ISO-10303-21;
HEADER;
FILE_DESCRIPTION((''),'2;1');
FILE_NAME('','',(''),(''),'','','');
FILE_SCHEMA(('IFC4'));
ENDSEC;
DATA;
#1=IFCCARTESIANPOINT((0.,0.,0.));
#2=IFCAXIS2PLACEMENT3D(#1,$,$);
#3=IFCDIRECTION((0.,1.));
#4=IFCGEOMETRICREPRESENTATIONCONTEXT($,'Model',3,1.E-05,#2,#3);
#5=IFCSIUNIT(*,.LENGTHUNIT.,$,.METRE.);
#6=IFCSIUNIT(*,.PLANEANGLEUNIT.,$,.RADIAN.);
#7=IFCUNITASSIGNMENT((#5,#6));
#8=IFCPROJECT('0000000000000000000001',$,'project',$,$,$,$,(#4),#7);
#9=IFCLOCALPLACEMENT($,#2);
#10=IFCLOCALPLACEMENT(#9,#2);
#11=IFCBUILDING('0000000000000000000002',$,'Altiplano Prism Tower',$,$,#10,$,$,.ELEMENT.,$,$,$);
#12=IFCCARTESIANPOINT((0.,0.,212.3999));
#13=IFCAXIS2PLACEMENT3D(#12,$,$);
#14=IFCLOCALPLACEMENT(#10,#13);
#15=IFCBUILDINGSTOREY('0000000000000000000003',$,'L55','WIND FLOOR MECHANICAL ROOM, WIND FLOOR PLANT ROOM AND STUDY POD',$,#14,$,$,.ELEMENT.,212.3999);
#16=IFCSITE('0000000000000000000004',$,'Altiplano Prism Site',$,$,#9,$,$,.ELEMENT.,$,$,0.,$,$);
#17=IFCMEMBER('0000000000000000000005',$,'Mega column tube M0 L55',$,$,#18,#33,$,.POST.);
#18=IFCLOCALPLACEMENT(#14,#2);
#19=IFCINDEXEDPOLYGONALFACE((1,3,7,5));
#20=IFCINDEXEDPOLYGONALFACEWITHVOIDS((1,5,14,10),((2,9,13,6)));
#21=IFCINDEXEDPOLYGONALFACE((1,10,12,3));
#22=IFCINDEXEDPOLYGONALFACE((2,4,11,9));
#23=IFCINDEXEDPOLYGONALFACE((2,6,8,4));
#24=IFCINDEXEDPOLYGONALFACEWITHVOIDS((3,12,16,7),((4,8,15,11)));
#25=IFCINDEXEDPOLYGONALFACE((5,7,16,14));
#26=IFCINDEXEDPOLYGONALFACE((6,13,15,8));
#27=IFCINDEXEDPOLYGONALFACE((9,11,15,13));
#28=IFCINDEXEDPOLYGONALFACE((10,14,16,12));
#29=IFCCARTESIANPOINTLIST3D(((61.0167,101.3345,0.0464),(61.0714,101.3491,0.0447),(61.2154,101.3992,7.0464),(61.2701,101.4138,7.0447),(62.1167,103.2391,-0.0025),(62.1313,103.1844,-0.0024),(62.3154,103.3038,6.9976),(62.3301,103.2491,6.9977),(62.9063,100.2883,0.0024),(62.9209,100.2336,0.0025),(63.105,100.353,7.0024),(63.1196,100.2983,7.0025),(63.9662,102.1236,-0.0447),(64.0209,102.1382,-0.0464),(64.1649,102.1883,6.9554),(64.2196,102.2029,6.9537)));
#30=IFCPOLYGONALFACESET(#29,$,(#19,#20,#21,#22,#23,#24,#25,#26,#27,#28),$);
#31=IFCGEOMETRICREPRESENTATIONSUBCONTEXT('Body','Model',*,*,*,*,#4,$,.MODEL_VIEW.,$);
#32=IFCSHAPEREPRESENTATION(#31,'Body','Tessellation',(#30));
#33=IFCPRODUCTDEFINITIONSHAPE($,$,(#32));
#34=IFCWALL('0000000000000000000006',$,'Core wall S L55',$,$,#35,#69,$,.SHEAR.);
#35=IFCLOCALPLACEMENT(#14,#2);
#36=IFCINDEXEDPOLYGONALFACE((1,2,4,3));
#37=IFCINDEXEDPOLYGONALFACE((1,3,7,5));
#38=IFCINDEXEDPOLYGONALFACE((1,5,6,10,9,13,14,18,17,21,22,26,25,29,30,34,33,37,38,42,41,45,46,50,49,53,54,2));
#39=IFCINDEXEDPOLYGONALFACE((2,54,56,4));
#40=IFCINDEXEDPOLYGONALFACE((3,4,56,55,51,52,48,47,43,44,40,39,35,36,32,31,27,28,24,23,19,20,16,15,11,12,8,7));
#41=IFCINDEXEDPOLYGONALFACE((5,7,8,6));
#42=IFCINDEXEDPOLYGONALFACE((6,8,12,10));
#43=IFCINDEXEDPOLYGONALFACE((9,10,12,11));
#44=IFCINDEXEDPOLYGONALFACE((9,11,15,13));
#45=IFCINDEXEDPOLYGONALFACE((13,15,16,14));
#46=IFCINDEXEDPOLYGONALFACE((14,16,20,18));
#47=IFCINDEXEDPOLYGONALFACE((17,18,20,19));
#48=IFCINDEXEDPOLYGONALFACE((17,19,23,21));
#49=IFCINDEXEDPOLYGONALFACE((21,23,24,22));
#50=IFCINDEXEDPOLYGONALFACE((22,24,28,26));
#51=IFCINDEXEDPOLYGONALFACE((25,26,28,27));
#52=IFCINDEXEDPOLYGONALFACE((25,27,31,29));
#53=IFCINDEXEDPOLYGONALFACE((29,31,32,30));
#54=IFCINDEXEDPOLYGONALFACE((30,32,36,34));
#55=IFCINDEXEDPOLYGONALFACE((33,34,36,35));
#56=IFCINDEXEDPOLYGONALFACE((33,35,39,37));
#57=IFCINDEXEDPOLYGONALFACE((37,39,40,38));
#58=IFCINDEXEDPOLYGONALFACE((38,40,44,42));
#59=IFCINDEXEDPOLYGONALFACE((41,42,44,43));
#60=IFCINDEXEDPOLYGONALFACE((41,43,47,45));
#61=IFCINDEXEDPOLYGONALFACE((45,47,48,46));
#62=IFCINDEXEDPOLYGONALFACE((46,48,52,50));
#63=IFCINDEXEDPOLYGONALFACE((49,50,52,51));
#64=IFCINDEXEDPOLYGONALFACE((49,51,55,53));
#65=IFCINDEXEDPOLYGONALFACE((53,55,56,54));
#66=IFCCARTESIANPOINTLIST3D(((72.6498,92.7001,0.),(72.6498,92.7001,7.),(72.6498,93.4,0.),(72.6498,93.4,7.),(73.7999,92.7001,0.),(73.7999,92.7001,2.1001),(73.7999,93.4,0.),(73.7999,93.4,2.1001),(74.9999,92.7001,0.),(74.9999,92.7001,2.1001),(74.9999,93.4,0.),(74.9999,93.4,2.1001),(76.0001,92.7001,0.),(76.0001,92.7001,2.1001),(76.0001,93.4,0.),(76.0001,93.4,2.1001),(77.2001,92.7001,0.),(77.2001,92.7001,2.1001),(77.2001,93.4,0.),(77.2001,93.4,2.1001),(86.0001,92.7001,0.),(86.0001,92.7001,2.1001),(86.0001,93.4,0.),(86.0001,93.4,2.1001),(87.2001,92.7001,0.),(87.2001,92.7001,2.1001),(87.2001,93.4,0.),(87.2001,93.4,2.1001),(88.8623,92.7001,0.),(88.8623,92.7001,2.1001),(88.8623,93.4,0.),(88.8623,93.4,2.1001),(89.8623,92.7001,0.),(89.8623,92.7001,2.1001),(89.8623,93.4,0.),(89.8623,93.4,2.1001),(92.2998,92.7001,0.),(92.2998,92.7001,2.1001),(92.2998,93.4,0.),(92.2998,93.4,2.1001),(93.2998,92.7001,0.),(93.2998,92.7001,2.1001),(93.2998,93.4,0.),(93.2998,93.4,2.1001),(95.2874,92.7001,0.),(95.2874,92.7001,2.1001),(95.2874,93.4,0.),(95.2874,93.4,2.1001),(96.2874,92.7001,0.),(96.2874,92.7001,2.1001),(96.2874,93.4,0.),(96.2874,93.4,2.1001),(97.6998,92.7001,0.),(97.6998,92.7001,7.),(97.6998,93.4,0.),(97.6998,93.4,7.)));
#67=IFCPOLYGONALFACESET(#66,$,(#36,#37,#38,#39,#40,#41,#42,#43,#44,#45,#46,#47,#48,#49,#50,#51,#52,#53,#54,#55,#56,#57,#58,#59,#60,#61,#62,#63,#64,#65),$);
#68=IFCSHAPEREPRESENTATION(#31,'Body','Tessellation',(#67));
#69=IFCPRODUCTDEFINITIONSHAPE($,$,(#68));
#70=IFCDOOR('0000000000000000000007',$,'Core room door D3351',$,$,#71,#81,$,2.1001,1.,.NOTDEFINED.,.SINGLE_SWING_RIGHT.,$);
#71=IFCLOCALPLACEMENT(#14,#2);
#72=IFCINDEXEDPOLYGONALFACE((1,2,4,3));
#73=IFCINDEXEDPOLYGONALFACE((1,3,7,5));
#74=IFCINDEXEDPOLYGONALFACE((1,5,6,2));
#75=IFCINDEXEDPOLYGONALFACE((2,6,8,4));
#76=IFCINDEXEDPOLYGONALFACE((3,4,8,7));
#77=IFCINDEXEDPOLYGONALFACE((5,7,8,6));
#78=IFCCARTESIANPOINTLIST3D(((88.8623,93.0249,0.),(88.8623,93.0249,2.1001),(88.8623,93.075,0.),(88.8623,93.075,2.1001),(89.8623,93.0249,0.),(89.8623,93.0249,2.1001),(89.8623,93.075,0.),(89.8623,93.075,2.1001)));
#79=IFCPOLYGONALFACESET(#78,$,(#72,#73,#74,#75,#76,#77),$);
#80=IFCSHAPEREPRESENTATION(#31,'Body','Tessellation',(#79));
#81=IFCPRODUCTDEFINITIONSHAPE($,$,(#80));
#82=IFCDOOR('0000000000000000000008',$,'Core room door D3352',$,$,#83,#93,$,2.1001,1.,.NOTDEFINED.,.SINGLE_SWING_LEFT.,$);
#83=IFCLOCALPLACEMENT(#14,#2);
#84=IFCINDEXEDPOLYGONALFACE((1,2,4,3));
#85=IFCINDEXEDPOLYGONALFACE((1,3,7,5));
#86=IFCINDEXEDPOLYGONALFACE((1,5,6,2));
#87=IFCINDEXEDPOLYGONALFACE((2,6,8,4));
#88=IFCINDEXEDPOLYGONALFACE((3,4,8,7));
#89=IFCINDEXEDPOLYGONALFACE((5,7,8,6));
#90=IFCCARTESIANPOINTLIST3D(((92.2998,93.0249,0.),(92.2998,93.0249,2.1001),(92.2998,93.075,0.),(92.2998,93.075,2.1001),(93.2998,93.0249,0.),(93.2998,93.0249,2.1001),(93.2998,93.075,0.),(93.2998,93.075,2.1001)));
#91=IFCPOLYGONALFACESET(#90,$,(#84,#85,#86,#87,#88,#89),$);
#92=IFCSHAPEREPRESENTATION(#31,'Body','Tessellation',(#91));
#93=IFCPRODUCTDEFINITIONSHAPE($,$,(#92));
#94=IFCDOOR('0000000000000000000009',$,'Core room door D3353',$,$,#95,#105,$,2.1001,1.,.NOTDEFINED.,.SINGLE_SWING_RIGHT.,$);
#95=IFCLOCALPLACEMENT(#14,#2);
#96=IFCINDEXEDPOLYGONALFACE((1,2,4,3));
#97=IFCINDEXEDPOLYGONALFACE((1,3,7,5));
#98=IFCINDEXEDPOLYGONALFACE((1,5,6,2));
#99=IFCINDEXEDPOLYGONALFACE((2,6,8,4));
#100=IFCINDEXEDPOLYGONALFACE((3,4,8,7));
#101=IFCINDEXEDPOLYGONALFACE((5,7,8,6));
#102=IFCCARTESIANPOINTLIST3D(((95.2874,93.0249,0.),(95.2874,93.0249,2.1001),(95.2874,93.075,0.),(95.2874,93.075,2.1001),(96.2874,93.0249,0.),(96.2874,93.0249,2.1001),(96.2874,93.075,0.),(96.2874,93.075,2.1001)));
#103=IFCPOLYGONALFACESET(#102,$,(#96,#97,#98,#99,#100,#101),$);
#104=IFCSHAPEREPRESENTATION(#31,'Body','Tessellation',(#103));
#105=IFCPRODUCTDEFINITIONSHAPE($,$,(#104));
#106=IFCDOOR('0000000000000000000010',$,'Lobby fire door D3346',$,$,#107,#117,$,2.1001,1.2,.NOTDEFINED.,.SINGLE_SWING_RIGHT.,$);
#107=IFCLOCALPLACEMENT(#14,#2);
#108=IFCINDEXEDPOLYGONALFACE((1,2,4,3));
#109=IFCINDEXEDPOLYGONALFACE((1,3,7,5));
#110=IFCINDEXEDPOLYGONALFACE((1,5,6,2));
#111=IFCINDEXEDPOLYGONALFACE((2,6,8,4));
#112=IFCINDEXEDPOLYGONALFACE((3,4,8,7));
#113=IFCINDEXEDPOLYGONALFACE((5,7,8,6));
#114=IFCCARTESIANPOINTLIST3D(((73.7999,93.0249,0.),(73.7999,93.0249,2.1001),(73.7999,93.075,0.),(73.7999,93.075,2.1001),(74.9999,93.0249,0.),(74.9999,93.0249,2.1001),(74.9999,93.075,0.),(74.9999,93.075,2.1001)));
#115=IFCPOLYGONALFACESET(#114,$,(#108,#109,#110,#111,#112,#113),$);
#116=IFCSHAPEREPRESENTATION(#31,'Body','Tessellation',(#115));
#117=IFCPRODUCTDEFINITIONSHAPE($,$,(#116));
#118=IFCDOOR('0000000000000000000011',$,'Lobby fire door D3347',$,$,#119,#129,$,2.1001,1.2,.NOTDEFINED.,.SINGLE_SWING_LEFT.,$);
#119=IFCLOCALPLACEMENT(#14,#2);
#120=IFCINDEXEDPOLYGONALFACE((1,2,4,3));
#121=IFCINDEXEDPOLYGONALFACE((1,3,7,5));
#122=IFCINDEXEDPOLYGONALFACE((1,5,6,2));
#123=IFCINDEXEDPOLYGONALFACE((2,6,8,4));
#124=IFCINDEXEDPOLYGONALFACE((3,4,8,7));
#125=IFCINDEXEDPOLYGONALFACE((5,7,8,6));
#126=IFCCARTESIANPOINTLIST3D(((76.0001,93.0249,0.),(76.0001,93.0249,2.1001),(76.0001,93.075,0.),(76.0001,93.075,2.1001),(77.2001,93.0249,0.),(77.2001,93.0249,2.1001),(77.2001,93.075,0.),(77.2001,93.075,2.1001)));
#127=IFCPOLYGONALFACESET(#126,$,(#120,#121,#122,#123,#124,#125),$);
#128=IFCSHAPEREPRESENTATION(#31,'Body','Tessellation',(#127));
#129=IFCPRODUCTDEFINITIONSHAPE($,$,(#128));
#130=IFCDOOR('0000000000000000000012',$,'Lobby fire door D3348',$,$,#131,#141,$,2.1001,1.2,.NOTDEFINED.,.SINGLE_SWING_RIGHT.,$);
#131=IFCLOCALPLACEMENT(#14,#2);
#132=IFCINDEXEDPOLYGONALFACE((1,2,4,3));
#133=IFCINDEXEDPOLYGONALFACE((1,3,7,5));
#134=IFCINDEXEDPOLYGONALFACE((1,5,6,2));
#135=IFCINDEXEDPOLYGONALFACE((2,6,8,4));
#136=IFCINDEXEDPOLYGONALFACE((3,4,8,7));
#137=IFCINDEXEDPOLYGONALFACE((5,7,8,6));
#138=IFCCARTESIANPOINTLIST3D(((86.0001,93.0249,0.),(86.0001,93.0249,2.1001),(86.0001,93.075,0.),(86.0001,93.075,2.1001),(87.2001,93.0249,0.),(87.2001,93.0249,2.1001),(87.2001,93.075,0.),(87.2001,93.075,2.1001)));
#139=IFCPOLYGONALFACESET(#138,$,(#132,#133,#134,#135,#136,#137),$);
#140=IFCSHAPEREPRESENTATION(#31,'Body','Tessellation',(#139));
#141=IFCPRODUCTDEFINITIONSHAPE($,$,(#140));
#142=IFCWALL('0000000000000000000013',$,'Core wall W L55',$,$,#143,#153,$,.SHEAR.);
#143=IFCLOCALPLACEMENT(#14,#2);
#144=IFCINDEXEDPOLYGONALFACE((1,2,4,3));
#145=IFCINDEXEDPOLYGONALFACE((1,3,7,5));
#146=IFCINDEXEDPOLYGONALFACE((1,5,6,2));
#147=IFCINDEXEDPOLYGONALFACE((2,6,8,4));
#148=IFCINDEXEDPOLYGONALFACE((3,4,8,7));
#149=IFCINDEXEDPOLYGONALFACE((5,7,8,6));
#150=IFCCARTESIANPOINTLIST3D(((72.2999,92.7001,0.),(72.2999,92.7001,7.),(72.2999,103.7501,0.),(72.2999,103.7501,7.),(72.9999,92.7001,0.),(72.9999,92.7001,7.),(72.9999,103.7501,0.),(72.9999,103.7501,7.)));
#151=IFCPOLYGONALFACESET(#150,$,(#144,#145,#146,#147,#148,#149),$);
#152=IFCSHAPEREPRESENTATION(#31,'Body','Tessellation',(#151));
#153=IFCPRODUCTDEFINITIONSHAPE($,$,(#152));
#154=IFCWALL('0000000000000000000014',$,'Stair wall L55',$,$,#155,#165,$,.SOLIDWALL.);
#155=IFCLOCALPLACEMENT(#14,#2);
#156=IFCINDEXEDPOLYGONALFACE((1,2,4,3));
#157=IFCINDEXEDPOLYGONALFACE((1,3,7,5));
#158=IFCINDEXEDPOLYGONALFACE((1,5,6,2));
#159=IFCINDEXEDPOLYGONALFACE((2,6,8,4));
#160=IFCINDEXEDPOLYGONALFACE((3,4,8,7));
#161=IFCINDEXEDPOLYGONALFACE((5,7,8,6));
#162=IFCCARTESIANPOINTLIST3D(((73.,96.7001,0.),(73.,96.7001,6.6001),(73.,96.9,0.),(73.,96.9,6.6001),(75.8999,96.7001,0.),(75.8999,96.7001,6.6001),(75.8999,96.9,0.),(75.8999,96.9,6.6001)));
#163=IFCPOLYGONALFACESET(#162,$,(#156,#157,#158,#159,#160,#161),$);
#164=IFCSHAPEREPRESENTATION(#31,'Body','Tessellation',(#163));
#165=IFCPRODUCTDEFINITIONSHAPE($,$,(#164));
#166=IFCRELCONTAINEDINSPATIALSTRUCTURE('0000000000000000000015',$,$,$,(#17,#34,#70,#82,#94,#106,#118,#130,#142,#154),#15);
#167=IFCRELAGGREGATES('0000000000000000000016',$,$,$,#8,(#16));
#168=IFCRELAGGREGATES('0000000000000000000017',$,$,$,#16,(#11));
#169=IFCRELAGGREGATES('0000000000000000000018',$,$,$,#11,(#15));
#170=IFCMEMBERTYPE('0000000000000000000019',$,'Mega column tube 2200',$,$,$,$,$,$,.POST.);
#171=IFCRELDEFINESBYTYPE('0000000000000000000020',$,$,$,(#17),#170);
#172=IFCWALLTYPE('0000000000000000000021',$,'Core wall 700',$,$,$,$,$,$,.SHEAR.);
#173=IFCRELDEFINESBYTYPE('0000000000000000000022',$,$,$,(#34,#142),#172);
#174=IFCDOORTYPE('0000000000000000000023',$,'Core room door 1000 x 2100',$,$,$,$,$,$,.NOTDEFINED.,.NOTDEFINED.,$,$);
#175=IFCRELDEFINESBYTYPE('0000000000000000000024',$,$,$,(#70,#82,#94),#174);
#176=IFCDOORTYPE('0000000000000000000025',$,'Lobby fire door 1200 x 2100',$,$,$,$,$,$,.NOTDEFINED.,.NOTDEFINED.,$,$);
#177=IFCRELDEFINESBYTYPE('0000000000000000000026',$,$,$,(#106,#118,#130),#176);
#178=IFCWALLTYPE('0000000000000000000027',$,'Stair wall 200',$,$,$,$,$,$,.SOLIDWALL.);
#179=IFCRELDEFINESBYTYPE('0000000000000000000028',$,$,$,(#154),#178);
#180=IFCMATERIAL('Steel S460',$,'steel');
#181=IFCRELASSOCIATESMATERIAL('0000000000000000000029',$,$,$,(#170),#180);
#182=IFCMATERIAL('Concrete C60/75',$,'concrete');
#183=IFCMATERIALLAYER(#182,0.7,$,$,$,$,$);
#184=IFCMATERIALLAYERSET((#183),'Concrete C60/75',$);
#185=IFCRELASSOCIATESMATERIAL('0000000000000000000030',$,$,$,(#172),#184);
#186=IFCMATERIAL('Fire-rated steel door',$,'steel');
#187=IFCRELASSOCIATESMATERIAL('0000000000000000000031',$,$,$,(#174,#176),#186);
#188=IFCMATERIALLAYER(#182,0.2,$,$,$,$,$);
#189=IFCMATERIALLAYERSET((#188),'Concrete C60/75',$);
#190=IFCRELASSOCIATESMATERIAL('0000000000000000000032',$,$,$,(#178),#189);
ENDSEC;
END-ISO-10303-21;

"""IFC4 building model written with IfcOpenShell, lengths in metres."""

from ifc_helpers import new_model, si_unit, direction, frame, frame_2d, origin, origin_2d, place, context, subcontext, project, spatial, rectangle, hollow_rectangle, extrude, material, layer, layer_set, material_profile, profile_set, type_object, element, fill, save


model = new_model("IFC4")

# Units and contexts
model_context = context("Model", 3, precision=1e-05, world=origin(), true_north=direction((0.0, 1.0)))
body_context = subcontext(model_context, "Body", "Model", "MODEL_VIEW")
ifc_project = project(units=[si_unit("LENGTHUNIT", "METRE"), si_unit("PLANEANGLEUNIT", "RADIAN")], contexts=[model_context])

# Site, building, storey
site_placement = place(None, origin())
site = spatial("IfcSite", under=ifc_project, at=site_placement, Name="Altiplano Prism Site", CompositionType="ELEMENT", RefElevation=0.0)
building_placement = place(site_placement, origin())
building = spatial("IfcBuilding", under=site, at=building_placement, Name="Altiplano Prism Tower", CompositionType="ELEMENT")
storey_placement = place(building_placement, frame((0.0, 0.0, 212.3999)))
storey = spatial("IfcBuildingStorey", under=building, at=storey_placement, Name="L55", Description="WIND FLOOR MECHANICAL ROOM, WIND FLOOR PLANT ROOM AND STUDY POD", CompositionType="ELEMENT", Elevation=212.3999)

# Shared definitions
ifc_material_1 = material(Name="Concrete C60/75", Category="concrete")

# Member
ifc_material_2 = material(Name="Steel S460", Category="steel")
ifc_material_profile_1 = material_profile(ifc_material_2, hollow_rectangle(XDim=2.2, YDim=2.2, WallThickness=0.04, at=origin_2d()), Name="Mega column tube 2200")
ifc_profile_set_1 = profile_set([ifc_material_profile_1], Name="Steel S460")
member_type_1 = type_object("IfcMemberType", Name="Mega column tube 2200", PredefinedType="POST", material=ifc_profile_set_1)
member_1_placement = place(storey_placement, frame((62.5188, 101.7363, 0.0), z_axis=(0.028377, 0.009238, 0.999555), x_axis=(-0.86556, 0.500407, 0.019948)))
element("IfcMember", 1, at=member_1_placement, inside=storey, type_object=member_type_1, Name="Mega column tube M0 L55", PredefinedType="POST", context=body_context, shape_type="SweptSolid", body=[
    extrude(hollow_rectangle(XDim=2.2, YDim=2.2, WallThickness=0.04, at=origin_2d()), origin(), (0.0, 0.0, 1.0), 7.0032),
])

# Wall, openings, doors
ifc_layer_1 = layer(ifc_material_1, 0.7)
ifc_layer_set_1 = layer_set([ifc_layer_1], Name="Concrete C60/75")
wall_type_1 = type_object("IfcWallType", Name="Core wall 700", PredefinedType="SHEAR", material=ifc_layer_set_1)
wall_1_placement = place(storey_placement, frame((72.6499, 93.05, 0.0), z_axis=(0.0, 0.0, 1.0), x_axis=(1.0, 0.0, 0.0)))
wall_1 = element("IfcWall", 2, at=wall_1_placement, inside=storey, type_object=wall_type_1, Name="Core wall S L55", PredefinedType="SHEAR", context=body_context, shape_type="SweptSolid", body=[
    extrude(rectangle(XDim=25.05, YDim=0.7, at=frame_2d((12.5249, 0.0))), origin(), (0.0, 0.0, 1.0), 7.0),
])
opening_1_placement = place(wall_1_placement, frame((1.1499, 0.0, 0.0)))
opening_1 = element("IfcOpeningElement", 3, at=opening_1_placement, cuts=wall_1, PredefinedType="OPENING", context=body_context, shape_type="SweptSolid", body=[
    extrude(rectangle(XDim=1.2, YDim=2.1001, at=frame_2d((0.6001, 1.05))), frame((0.0, 0.3604, 0.0), z_axis=(0.0, -1.0, 0.0), x_axis=(1.0, 0.0, 0.0)), (0.0, 0.0, 1.0), 0.7209),
])
opening_2_placement = place(wall_1_placement, frame((3.3501, 0.0, 0.0)))
opening_2 = element("IfcOpeningElement", 4, at=opening_2_placement, cuts=wall_1, PredefinedType="OPENING", context=body_context, shape_type="SweptSolid", body=[
    extrude(rectangle(XDim=1.2, YDim=2.1001, at=frame_2d((0.6001, 1.05))), frame((0.0, 0.3604, 0.0), z_axis=(0.0, -1.0, 0.0), x_axis=(1.0, 0.0, 0.0)), (0.0, 0.0, 1.0), 0.7209),
])
opening_3_placement = place(wall_1_placement, frame((13.3501, 0.0, 0.0)))
opening_3 = element("IfcOpeningElement", 5, at=opening_3_placement, cuts=wall_1, PredefinedType="OPENING", context=body_context, shape_type="SweptSolid", body=[
    extrude(rectangle(XDim=1.2, YDim=2.1001, at=frame_2d((0.6001, 1.05))), frame((0.0, 0.3604, 0.0), z_axis=(0.0, -1.0, 0.0), x_axis=(1.0, 0.0, 0.0)), (0.0, 0.0, 1.0), 0.7209),
])
opening_4_placement = place(wall_1_placement, frame((16.2124, 0.0, 0.0)))
opening_4 = element("IfcOpeningElement", 6, at=opening_4_placement, cuts=wall_1, PredefinedType="OPENING", context=body_context, shape_type="SweptSolid", body=[
    extrude(rectangle(XDim=1.0, YDim=2.1001, at=frame_2d((0.5, 1.05))), frame((0.0, 0.3604, 0.0), z_axis=(0.0, -1.0, 0.0), x_axis=(1.0, 0.0, 0.0)), (0.0, 0.0, 1.0), 0.7209),
])
opening_5_placement = place(wall_1_placement, frame((19.6499, 0.0, 0.0)))
opening_5 = element("IfcOpeningElement", 7, at=opening_5_placement, cuts=wall_1, PredefinedType="OPENING", context=body_context, shape_type="SweptSolid", body=[
    extrude(rectangle(XDim=1.0, YDim=2.1001, at=frame_2d((0.5, 1.05))), frame((0.0, 0.3604, 0.0), z_axis=(0.0, -1.0, 0.0), x_axis=(1.0, 0.0, 0.0)), (0.0, 0.0, 1.0), 0.7209),
])
opening_6_placement = place(wall_1_placement, frame((22.6375, 0.0, 0.0)))
opening_6 = element("IfcOpeningElement", 8, at=opening_6_placement, cuts=wall_1, PredefinedType="OPENING", context=body_context, shape_type="SweptSolid", body=[
    extrude(rectangle(XDim=1.0, YDim=2.1001, at=frame_2d((0.5, 1.05))), frame((0.0, 0.3604, 0.0), z_axis=(0.0, -1.0, 0.0), x_axis=(1.0, 0.0, 0.0)), (0.0, 0.0, 1.0), 0.7209),
])
ifc_material_3 = material(Name="Fire-rated steel door", Category="steel")
door_type_1 = type_object("IfcDoorType", Name="Core room door 1000 x 2100", OperationType="NOTDEFINED", PredefinedType="NOTDEFINED", material=ifc_material_3)
door_1_placement = place(opening_4_placement, origin())
door_1 = element("IfcDoor", 9, at=door_1_placement, inside=storey, type_object=door_type_1, Name="Core room door D3351", OperationType="SINGLE_SWING_RIGHT", OverallHeight=2.1001, OverallWidth=1.0, PredefinedType="NOTDEFINED", context=body_context, shape_type="SweptSolid", body=[
    extrude(rectangle(XDim=1.0, YDim=2.1001, at=frame_2d((0.5, 1.05))), frame((0.0, 0.0249, 0.0), z_axis=(0.0, -1.0, 0.0), x_axis=(1.0, 0.0, 0.0)), (0.0, 0.0, 1.0), 0.05),
])
fill(opening_4, door_1)
door_2_placement = place(opening_5_placement, origin())
door_2 = element("IfcDoor", 10, at=door_2_placement, inside=storey, type_object=door_type_1, Name="Core room door D3352", OperationType="SINGLE_SWING_LEFT", OverallHeight=2.1001, OverallWidth=1.0, PredefinedType="NOTDEFINED", context=body_context, shape_type="SweptSolid", body=[
    extrude(rectangle(XDim=1.0, YDim=2.1001, at=frame_2d((0.5, 1.05))), frame((0.0, 0.0249, 0.0), z_axis=(0.0, -1.0, 0.0), x_axis=(1.0, 0.0, 0.0)), (0.0, 0.0, 1.0), 0.05),
])
fill(opening_5, door_2)
door_3_placement = place(opening_6_placement, origin())
door_3 = element("IfcDoor", 11, at=door_3_placement, inside=storey, type_object=door_type_1, Name="Core room door D3353", OperationType="SINGLE_SWING_RIGHT", OverallHeight=2.1001, OverallWidth=1.0, PredefinedType="NOTDEFINED", context=body_context, shape_type="SweptSolid", body=[
    extrude(rectangle(XDim=1.0, YDim=2.1001, at=frame_2d((0.5, 1.05))), frame((0.0, 0.0249, 0.0), z_axis=(0.0, -1.0, 0.0), x_axis=(1.0, 0.0, 0.0)), (0.0, 0.0, 1.0), 0.05),
])
fill(opening_6, door_3)
door_type_2 = type_object("IfcDoorType", Name="Lobby fire door 1200 x 2100", OperationType="NOTDEFINED", PredefinedType="NOTDEFINED", material=ifc_material_3)
door_4_placement = place(opening_1_placement, origin())
door_4 = element("IfcDoor", 12, at=door_4_placement, inside=storey, type_object=door_type_2, Name="Lobby fire door D3346", OperationType="SINGLE_SWING_RIGHT", OverallHeight=2.1001, OverallWidth=1.2, PredefinedType="NOTDEFINED", context=body_context, shape_type="SweptSolid", body=[
    extrude(rectangle(XDim=1.2, YDim=2.1001, at=frame_2d((0.6001, 1.05))), frame((0.0, 0.0249, 0.0), z_axis=(0.0, -1.0, 0.0), x_axis=(1.0, 0.0, 0.0)), (0.0, 0.0, 1.0), 0.05),
])
fill(opening_1, door_4)
door_5_placement = place(opening_2_placement, origin())
door_5 = element("IfcDoor", 13, at=door_5_placement, inside=storey, type_object=door_type_2, Name="Lobby fire door D3347", OperationType="SINGLE_SWING_LEFT", OverallHeight=2.1001, OverallWidth=1.2, PredefinedType="NOTDEFINED", context=body_context, shape_type="SweptSolid", body=[
    extrude(rectangle(XDim=1.2, YDim=2.1001, at=frame_2d((0.6001, 1.05))), frame((0.0, 0.0249, 0.0), z_axis=(0.0, -1.0, 0.0), x_axis=(1.0, 0.0, 0.0)), (0.0, 0.0, 1.0), 0.05),
])
fill(opening_2, door_5)
door_6_placement = place(opening_3_placement, origin())
door_6 = element("IfcDoor", 14, at=door_6_placement, inside=storey, type_object=door_type_2, Name="Lobby fire door D3348", OperationType="SINGLE_SWING_RIGHT", OverallHeight=2.1001, OverallWidth=1.2, PredefinedType="NOTDEFINED", context=body_context, shape_type="SweptSolid", body=[
    extrude(rectangle(XDim=1.2, YDim=2.1001, at=frame_2d((0.6001, 1.05))), frame((0.0, 0.0249, 0.0), z_axis=(0.0, -1.0, 0.0), x_axis=(1.0, 0.0, 0.0)), (0.0, 0.0, 1.0), 0.05),
])
fill(opening_3, door_6)

# Walls
wall_2_placement = place(storey_placement, frame((72.6499, 103.75, 0.0), z_axis=(0.0, 0.0, 1.0), x_axis=(0.0, -1.0, 0.0)))
element("IfcWall", 15, at=wall_2_placement, inside=storey, type_object=wall_type_1, Name="Core wall W L55", PredefinedType="SHEAR", context=body_context, shape_type="SweptSolid", body=[
    extrude(rectangle(XDim=11.05, YDim=0.7, at=frame_2d((5.5249, 0.0))), origin(), (0.0, 0.0, 1.0), 7.0),
])
ifc_layer_2 = layer(ifc_material_1, 0.2)
ifc_layer_set_2 = layer_set([ifc_layer_2], Name="Concrete C60/75")
wall_type_2 = type_object("IfcWallType", Name="Stair wall 200", PredefinedType="SOLIDWALL", material=ifc_layer_set_2)
wall_3_placement = place(storey_placement, frame((73.0, 96.8, 0.0), z_axis=(0.0, 0.0, 1.0), x_axis=(1.0, 0.0, 0.0)))
element("IfcWall", 16, at=wall_3_placement, inside=storey, type_object=wall_type_2, Name="Stair wall L55", PredefinedType="SOLIDWALL", context=body_context, shape_type="SweptSolid", body=[
    extrude(rectangle(XDim=2.8999, YDim=0.2, at=frame_2d((1.45, 0.0))), origin(), (0.0, 0.0, 1.0), 6.6001),
])

save(model, "model.ifc")
